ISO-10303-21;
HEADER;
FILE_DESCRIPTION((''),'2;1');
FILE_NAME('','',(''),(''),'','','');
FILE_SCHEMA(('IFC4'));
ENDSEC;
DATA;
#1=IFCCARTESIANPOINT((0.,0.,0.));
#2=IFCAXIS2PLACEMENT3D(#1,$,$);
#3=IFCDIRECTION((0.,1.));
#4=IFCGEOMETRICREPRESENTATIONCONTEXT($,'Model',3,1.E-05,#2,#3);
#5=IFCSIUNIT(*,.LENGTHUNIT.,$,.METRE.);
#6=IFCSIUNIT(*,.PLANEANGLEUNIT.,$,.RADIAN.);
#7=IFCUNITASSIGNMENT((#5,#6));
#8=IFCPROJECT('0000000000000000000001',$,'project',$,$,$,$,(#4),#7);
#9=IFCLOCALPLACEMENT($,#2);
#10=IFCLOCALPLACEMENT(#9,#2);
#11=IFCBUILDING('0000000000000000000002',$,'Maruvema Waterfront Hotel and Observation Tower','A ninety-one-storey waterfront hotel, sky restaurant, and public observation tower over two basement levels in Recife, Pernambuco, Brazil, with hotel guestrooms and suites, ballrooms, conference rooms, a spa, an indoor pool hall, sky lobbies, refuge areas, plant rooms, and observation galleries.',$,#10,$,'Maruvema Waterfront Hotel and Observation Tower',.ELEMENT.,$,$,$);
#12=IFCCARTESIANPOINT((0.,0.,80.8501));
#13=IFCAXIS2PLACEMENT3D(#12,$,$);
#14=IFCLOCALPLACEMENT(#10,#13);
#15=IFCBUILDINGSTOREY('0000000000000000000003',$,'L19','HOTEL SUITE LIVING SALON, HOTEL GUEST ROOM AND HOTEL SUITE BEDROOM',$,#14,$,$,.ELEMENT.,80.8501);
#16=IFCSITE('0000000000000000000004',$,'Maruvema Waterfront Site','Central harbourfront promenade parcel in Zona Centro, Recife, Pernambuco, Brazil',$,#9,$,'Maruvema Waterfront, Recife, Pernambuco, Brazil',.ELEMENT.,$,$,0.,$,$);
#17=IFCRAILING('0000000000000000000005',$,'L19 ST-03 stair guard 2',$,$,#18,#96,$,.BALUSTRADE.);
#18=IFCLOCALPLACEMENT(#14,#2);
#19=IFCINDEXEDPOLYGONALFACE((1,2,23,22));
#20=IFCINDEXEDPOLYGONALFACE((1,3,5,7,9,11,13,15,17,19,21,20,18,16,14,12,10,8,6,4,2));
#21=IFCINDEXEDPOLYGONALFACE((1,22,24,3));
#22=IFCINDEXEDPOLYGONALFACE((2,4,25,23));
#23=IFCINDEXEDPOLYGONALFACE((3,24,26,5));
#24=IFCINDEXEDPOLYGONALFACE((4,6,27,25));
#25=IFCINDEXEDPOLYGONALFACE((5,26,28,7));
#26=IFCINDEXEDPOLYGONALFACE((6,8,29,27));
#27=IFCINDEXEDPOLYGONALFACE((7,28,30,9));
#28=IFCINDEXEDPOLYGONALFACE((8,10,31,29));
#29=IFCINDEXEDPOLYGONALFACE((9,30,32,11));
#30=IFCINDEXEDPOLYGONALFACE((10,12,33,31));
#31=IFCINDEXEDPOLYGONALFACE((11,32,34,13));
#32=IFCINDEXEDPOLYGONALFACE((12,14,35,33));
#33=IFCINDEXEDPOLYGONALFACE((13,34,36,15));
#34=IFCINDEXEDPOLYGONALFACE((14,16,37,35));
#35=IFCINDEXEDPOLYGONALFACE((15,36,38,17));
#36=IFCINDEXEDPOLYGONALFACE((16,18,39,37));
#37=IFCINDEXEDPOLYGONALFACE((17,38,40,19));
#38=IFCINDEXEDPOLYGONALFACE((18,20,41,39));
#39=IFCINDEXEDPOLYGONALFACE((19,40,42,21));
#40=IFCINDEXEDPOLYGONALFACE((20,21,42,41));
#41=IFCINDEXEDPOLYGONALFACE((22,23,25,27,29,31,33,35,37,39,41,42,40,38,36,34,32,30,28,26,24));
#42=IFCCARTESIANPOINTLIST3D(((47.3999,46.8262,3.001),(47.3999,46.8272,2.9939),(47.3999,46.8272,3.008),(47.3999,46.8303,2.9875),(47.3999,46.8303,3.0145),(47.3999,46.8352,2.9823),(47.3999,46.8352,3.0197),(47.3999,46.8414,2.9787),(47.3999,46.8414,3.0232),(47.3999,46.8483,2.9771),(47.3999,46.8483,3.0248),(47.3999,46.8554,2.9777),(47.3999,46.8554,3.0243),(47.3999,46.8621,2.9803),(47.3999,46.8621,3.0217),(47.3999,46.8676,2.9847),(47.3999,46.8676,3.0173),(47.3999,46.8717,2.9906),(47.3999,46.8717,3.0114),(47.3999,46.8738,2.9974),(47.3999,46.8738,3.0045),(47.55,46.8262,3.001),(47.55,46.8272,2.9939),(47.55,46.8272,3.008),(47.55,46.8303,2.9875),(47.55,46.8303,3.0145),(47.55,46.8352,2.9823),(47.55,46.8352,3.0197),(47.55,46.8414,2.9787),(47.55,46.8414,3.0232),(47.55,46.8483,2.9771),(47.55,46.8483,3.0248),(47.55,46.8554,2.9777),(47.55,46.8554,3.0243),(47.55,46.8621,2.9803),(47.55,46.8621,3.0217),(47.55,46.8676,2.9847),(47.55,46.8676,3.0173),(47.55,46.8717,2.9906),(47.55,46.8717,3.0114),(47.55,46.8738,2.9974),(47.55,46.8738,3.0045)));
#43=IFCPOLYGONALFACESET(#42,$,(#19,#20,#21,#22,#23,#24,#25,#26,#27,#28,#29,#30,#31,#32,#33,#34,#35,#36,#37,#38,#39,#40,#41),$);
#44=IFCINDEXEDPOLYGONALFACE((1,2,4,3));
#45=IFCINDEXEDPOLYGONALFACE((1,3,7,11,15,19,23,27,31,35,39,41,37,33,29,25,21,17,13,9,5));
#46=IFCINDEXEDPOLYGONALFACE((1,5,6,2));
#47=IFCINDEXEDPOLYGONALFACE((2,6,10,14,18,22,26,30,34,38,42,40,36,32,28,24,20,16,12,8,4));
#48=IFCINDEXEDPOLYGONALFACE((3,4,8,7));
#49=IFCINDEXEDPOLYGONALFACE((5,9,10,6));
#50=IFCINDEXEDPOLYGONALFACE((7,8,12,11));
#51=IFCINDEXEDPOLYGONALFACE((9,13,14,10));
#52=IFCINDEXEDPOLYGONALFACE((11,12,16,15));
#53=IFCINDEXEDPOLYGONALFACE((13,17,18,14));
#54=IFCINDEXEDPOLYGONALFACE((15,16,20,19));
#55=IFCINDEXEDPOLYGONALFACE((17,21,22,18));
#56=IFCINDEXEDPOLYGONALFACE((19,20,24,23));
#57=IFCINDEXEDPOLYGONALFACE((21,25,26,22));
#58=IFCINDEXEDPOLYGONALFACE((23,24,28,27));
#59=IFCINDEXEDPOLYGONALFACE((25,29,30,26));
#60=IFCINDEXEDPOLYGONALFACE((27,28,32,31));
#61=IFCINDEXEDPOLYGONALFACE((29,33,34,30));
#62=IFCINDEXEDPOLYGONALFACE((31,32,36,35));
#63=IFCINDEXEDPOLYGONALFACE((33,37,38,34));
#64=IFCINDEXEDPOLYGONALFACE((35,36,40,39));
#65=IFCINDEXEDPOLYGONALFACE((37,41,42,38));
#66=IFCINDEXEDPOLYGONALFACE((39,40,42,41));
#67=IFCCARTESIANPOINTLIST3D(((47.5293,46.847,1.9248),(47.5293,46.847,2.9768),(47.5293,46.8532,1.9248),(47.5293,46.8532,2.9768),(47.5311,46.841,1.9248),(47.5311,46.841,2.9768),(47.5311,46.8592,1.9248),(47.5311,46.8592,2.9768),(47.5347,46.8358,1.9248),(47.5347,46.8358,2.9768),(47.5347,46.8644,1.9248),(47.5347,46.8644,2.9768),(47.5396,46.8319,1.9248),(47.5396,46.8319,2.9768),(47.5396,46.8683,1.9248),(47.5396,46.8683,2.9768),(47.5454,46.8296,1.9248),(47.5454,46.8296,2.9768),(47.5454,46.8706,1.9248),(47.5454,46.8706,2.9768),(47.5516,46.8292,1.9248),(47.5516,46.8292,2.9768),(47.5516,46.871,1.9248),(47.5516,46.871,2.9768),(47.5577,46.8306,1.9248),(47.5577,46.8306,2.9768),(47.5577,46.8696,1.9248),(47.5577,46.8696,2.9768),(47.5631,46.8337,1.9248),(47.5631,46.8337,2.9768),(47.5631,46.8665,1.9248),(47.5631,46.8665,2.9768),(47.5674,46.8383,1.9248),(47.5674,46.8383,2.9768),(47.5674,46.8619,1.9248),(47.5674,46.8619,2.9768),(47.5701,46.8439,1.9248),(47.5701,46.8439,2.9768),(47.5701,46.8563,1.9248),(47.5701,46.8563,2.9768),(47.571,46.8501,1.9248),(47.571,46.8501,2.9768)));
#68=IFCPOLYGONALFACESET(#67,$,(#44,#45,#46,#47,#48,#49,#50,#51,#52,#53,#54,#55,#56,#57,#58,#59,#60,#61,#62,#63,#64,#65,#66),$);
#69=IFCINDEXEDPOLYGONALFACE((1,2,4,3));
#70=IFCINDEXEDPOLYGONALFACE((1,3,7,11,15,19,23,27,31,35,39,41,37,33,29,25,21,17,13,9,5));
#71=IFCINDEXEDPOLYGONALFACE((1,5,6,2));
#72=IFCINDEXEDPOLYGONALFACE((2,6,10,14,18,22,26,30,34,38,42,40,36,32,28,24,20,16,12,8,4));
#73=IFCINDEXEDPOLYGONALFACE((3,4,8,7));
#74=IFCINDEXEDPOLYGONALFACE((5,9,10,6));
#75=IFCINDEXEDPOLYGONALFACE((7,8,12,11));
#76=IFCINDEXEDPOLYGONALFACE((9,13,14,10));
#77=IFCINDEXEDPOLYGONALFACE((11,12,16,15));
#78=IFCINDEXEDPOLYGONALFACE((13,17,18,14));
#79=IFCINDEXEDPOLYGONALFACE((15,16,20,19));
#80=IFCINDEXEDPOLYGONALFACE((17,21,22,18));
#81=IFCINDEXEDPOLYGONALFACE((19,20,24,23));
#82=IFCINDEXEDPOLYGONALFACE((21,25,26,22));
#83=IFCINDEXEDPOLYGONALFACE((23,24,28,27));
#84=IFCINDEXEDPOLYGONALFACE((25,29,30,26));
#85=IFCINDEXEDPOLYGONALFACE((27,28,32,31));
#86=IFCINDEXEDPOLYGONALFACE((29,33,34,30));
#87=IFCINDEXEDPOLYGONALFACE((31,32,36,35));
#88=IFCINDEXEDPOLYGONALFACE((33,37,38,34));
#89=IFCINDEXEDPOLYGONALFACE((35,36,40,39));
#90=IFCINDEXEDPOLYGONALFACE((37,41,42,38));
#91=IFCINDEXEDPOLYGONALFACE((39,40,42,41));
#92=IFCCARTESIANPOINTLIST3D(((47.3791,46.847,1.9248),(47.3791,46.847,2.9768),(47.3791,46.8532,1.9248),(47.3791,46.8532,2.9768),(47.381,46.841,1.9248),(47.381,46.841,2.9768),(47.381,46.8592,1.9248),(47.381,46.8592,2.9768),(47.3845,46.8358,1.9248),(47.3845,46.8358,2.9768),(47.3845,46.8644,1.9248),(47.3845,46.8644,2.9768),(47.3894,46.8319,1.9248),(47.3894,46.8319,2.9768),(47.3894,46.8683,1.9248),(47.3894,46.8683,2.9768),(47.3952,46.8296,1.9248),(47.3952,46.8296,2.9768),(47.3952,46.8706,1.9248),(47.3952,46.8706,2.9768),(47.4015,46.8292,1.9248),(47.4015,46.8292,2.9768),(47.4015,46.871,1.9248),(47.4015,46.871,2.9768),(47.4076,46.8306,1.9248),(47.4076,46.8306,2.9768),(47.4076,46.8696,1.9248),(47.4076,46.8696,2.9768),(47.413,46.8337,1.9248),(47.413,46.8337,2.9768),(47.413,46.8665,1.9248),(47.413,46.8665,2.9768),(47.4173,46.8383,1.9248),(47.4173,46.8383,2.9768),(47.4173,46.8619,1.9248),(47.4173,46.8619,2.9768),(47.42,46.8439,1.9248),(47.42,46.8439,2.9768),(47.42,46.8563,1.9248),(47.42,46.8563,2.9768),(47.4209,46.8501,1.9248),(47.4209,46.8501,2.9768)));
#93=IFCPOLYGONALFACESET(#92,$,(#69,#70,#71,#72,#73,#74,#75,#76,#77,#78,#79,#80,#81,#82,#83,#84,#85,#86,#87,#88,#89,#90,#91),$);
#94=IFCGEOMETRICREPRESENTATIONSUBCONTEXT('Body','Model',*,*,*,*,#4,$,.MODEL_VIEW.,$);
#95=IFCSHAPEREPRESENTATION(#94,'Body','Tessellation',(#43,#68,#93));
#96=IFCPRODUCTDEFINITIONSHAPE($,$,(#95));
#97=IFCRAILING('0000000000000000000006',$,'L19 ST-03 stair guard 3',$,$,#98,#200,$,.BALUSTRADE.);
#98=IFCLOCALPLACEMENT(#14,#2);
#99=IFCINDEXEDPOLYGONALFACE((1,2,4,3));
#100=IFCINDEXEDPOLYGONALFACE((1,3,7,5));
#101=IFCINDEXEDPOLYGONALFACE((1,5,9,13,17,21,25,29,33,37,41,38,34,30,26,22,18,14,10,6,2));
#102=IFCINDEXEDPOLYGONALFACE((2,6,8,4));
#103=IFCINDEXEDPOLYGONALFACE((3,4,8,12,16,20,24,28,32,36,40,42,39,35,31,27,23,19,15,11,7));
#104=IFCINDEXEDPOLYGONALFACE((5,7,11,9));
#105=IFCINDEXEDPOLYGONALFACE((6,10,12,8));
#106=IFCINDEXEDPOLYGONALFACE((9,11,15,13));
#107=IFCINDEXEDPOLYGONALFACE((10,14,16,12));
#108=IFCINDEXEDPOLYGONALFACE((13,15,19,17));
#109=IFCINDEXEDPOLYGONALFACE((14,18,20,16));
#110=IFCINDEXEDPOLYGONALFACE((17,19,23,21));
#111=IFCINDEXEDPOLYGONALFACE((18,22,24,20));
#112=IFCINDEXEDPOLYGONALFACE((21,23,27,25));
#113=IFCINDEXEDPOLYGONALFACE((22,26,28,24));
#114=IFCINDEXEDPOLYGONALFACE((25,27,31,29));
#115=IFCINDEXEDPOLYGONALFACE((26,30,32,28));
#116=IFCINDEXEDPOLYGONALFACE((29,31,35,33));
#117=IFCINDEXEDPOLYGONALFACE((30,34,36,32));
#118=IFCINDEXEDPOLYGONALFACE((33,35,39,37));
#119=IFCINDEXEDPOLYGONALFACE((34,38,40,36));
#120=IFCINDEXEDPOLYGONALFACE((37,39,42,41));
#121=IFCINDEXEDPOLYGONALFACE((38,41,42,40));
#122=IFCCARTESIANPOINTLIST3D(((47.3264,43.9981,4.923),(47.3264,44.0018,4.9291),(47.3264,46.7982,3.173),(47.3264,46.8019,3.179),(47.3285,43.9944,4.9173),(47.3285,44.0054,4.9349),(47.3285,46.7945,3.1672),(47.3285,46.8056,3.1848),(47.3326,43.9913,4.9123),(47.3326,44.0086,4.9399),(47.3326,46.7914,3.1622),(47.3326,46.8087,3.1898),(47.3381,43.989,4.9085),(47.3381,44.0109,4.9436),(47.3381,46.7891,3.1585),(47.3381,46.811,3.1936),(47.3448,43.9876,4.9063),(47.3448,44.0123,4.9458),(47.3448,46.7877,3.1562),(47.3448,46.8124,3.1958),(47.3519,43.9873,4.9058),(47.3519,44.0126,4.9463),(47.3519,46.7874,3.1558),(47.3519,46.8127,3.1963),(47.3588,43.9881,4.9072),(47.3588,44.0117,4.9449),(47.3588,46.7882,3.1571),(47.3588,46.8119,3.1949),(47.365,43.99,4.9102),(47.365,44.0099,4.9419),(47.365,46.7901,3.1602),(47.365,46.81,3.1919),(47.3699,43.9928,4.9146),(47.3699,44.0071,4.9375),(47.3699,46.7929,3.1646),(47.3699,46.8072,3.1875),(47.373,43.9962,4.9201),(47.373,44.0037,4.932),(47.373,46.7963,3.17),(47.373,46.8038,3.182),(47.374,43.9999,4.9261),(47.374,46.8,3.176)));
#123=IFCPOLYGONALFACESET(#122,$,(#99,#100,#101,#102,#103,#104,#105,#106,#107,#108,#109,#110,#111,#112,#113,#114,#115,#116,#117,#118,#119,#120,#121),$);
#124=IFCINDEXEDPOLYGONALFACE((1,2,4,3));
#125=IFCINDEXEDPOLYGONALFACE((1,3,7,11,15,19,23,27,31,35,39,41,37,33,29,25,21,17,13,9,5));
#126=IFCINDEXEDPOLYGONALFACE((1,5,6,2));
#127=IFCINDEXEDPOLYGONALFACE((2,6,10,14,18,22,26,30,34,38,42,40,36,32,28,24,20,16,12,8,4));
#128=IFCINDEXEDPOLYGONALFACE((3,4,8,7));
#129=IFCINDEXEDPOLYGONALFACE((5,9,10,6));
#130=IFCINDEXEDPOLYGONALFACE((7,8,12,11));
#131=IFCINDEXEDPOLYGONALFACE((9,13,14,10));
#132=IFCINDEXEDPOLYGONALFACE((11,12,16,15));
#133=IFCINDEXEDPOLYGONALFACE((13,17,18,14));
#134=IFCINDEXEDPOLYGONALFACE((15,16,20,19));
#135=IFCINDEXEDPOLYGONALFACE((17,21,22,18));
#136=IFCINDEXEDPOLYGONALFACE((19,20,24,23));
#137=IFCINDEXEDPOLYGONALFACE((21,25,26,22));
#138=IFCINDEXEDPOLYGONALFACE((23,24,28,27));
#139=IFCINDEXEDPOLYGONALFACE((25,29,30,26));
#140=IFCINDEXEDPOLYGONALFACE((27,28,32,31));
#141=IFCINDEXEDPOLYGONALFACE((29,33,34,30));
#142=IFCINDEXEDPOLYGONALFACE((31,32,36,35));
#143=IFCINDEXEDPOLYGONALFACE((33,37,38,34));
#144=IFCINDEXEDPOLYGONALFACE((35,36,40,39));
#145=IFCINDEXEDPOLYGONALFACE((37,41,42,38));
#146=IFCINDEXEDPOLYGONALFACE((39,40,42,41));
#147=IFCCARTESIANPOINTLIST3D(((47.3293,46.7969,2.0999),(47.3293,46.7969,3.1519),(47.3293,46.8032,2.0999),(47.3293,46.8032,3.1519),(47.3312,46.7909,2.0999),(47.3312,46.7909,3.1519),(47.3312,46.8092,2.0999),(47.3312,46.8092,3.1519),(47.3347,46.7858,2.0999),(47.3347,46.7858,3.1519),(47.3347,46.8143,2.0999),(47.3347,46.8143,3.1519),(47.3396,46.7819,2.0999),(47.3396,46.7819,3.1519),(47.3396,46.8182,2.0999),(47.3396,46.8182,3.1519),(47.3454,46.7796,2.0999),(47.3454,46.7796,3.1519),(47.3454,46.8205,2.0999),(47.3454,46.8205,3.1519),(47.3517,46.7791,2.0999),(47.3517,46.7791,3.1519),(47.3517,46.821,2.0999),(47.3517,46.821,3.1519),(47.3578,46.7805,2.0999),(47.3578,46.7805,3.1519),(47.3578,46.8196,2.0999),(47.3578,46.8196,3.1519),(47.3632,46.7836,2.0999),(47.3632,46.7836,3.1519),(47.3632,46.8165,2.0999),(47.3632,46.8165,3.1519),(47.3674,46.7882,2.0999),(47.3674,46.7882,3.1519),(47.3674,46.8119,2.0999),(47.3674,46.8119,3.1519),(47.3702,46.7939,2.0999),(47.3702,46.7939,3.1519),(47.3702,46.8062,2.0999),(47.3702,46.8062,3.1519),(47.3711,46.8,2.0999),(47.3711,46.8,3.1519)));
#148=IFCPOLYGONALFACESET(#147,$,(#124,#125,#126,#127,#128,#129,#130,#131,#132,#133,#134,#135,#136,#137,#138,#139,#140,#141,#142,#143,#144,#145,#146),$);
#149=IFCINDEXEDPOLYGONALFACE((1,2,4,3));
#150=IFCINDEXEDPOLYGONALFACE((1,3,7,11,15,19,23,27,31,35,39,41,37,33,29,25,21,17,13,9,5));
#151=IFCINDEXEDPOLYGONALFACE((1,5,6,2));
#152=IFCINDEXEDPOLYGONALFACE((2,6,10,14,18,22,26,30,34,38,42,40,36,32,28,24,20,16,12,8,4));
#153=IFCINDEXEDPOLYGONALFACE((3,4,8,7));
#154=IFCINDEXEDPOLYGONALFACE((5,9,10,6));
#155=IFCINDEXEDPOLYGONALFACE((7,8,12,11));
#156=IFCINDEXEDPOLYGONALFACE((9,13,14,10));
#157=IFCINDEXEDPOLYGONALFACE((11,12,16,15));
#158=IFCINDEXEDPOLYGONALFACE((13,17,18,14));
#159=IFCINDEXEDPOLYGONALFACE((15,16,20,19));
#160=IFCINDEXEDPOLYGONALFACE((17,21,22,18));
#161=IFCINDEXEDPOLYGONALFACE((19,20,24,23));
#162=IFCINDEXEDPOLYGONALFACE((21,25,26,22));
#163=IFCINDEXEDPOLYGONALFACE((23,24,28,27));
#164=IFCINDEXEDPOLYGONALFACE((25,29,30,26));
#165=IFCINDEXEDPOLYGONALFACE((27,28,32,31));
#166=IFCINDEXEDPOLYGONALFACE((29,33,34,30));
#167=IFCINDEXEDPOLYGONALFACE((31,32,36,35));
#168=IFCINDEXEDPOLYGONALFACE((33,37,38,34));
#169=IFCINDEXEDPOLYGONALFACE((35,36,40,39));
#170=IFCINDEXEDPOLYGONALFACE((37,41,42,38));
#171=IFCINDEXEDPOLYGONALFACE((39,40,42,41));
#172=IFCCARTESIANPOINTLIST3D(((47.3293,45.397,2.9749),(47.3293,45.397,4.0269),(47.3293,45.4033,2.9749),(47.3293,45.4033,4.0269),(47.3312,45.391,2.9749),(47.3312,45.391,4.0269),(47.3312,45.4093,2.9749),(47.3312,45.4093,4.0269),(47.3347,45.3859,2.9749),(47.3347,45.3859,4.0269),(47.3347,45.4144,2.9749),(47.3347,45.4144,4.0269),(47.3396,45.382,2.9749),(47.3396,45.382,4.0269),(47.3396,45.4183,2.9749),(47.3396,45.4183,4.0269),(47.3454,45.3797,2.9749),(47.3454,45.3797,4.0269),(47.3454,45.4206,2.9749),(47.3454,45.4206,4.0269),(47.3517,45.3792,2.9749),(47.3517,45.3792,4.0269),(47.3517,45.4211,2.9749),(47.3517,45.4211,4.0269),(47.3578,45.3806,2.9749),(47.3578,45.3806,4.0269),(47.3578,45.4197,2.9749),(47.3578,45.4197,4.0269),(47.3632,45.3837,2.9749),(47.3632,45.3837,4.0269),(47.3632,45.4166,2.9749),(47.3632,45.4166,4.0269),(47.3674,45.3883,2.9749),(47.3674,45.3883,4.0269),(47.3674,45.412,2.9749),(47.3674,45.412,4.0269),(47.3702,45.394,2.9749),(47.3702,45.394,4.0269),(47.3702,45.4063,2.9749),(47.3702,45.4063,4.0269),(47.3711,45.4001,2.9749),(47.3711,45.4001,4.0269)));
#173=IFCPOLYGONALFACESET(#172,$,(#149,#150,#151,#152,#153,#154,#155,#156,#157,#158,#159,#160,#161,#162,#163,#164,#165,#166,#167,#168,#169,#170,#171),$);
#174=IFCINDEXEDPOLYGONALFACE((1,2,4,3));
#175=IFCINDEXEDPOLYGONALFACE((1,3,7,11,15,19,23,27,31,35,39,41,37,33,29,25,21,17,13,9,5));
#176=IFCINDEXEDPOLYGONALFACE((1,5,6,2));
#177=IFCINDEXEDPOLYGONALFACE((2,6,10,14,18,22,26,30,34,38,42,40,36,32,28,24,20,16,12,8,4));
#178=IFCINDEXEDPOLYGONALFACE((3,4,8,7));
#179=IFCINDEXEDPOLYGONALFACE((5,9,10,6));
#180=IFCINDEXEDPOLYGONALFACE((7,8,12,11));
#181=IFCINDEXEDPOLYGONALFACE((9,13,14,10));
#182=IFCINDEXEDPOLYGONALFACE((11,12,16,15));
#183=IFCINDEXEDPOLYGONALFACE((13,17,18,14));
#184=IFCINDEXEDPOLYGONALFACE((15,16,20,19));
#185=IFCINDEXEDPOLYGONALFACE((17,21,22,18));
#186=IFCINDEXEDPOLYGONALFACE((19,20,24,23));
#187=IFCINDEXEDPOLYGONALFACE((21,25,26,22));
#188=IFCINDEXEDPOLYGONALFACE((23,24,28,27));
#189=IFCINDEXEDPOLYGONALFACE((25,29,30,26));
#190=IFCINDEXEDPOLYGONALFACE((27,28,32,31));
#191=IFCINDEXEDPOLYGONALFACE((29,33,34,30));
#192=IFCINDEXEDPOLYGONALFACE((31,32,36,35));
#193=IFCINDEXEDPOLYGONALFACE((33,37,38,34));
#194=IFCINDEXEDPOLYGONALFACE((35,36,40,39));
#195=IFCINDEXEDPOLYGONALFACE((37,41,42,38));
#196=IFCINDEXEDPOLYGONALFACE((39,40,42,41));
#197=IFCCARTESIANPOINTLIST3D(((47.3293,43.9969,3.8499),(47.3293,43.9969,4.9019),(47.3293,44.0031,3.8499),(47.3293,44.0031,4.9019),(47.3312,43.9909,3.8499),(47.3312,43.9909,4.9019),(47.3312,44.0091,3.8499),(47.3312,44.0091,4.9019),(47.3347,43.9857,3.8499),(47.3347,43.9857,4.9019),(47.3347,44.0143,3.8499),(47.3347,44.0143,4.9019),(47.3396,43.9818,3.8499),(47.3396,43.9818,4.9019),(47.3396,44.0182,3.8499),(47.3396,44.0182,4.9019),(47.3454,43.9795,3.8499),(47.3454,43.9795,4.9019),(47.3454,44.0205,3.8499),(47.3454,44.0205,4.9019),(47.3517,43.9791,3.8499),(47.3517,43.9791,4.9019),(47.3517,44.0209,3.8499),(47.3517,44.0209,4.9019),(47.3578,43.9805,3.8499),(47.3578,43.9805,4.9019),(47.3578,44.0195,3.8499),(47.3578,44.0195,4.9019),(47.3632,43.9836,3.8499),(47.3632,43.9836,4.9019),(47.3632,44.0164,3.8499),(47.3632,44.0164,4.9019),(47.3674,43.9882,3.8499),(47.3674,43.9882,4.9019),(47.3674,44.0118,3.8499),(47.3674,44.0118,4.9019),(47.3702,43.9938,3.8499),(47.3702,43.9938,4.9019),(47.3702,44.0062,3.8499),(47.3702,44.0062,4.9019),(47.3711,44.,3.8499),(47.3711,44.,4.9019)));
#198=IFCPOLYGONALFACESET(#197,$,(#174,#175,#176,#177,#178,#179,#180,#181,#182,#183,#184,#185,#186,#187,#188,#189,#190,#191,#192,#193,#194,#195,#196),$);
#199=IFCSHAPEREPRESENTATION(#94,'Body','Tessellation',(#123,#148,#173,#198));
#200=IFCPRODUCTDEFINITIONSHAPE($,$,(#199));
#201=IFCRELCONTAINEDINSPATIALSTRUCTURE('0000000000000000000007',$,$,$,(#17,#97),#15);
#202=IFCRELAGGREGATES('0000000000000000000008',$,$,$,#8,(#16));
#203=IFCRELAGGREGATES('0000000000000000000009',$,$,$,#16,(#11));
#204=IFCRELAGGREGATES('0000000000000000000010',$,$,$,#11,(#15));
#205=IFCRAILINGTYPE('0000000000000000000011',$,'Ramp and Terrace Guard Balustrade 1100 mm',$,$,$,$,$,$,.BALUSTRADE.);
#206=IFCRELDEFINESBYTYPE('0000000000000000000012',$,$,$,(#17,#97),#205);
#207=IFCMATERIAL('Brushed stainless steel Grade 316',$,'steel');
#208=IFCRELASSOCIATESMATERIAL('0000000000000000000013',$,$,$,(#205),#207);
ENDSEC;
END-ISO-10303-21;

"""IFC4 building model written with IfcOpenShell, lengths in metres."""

from ifc_helpers import new_model, si_unit, direction, frame, origin, origin_2d, place, context, subcontext, project, spatial, circle, extrude, material, type_object, element, save


model = new_model("IFC4")

# Units and contexts
model_context = context("Model", 3, precision=1e-05, world=origin(), true_north=direction((0.0, 1.0)))
body_context = subcontext(model_context, "Body", "Model", "MODEL_VIEW")
ifc_project = project(units=[si_unit("LENGTHUNIT", "METRE"), si_unit("PLANEANGLEUNIT", "RADIAN")], contexts=[model_context])

# Site, building, storey
site_placement = place(None, origin())
site = spatial("IfcSite", under=ifc_project, at=site_placement, Name="Maruvema Waterfront Site", Description="Central harbourfront promenade parcel in Zona Centro, Recife, Pernambuco, Brazil", LongName="Maruvema Waterfront, Recife, Pernambuco, Brazil", CompositionType="ELEMENT", RefElevation=0.0)
building_placement = place(site_placement, origin())
building = spatial("IfcBuilding", under=site, at=building_placement, Name="Maruvema Waterfront Hotel and Observation Tower", Description="A ninety-one-storey waterfront hotel, sky restaurant, and public observation tower over two basement levels in Recife, Pernambuco, Brazil, with hotel guestrooms and suites, ballrooms, conference rooms, a spa, an indoor pool hall, sky lobbies, refuge areas, plant rooms, and observation galleries.", LongName="Maruvema Waterfront Hotel and Observation Tower", CompositionType="ELEMENT")
storey_placement = place(building_placement, frame((0.0, 0.0, 80.8501)))
storey = spatial("IfcBuildingStorey", under=building, at=storey_placement, Name="L19", Description="HOTEL SUITE LIVING SALON, HOTEL GUEST ROOM AND HOTEL SUITE BEDROOM", CompositionType="ELEMENT", Elevation=80.8501)

# Railings
ifc_material_1 = material(Name="Brushed stainless steel Grade 316", Category="steel")
railing_type_1 = type_object("IfcRailingType", Name="Ramp and Terrace Guard Balustrade 1100 mm", PredefinedType="BALUSTRADE", material=ifc_material_1)
railing_1_placement = place(storey_placement, frame((47.55, 46.8501, 1.9248)))
element("IfcRailing", 1, at=railing_1_placement, inside=storey, type_object=railing_type_1, Name="L19 ST-03 stair guard 2", PredefinedType="BALUSTRADE", context=body_context, shape_type="SweptSolid", body=[
    extrude(circle(Radius=0.0239, at=origin_2d()), frame((0.0, 0.0, 1.0762), z_axis=(-1.0, 0.0, 0.0), x_axis=(0.0, -1.0, 0.0)), (0.0, 0.0, 1.0), 0.1501),
    extrude(circle(Radius=0.021, at=origin_2d()), origin(), (0.0, 0.0, 1.0), 1.052),
    extrude(circle(Radius=0.021, at=origin_2d()), frame((-0.1501, 0.0, 0.0)), (0.0, 0.0, 1.0), 1.052),
])
railing_2_placement = place(storey_placement, frame((47.3501, 46.8, 2.0999)))
element("IfcRailing", 2, at=railing_2_placement, inside=storey, type_object=railing_type_1, Name="L19 ST-03 stair guard 3", PredefinedType="BALUSTRADE", context=body_context, shape_type="SweptSolid", body=[
    extrude(circle(Radius=0.0239, at=origin_2d()), frame((0.0, 0.0, 1.0762), z_axis=(0.0, -0.848002, 0.529992), x_axis=(1.0, 0.0, 0.0)), (0.0, 0.0, 1.0), 3.302),
    extrude(circle(Radius=0.021, at=origin_2d()), origin(), (0.0, 0.0, 1.0), 1.052),
    extrude(circle(Radius=0.021, at=origin_2d()), frame((0.0, -1.3999, 0.875)), (0.0, 0.0, 1.0), 1.052),
    extrude(circle(Radius=0.021, at=origin_2d()), frame((0.0, -2.8, 1.75)), (0.0, 0.0, 1.0), 1.052),
])

save(model, "model.ifc")
